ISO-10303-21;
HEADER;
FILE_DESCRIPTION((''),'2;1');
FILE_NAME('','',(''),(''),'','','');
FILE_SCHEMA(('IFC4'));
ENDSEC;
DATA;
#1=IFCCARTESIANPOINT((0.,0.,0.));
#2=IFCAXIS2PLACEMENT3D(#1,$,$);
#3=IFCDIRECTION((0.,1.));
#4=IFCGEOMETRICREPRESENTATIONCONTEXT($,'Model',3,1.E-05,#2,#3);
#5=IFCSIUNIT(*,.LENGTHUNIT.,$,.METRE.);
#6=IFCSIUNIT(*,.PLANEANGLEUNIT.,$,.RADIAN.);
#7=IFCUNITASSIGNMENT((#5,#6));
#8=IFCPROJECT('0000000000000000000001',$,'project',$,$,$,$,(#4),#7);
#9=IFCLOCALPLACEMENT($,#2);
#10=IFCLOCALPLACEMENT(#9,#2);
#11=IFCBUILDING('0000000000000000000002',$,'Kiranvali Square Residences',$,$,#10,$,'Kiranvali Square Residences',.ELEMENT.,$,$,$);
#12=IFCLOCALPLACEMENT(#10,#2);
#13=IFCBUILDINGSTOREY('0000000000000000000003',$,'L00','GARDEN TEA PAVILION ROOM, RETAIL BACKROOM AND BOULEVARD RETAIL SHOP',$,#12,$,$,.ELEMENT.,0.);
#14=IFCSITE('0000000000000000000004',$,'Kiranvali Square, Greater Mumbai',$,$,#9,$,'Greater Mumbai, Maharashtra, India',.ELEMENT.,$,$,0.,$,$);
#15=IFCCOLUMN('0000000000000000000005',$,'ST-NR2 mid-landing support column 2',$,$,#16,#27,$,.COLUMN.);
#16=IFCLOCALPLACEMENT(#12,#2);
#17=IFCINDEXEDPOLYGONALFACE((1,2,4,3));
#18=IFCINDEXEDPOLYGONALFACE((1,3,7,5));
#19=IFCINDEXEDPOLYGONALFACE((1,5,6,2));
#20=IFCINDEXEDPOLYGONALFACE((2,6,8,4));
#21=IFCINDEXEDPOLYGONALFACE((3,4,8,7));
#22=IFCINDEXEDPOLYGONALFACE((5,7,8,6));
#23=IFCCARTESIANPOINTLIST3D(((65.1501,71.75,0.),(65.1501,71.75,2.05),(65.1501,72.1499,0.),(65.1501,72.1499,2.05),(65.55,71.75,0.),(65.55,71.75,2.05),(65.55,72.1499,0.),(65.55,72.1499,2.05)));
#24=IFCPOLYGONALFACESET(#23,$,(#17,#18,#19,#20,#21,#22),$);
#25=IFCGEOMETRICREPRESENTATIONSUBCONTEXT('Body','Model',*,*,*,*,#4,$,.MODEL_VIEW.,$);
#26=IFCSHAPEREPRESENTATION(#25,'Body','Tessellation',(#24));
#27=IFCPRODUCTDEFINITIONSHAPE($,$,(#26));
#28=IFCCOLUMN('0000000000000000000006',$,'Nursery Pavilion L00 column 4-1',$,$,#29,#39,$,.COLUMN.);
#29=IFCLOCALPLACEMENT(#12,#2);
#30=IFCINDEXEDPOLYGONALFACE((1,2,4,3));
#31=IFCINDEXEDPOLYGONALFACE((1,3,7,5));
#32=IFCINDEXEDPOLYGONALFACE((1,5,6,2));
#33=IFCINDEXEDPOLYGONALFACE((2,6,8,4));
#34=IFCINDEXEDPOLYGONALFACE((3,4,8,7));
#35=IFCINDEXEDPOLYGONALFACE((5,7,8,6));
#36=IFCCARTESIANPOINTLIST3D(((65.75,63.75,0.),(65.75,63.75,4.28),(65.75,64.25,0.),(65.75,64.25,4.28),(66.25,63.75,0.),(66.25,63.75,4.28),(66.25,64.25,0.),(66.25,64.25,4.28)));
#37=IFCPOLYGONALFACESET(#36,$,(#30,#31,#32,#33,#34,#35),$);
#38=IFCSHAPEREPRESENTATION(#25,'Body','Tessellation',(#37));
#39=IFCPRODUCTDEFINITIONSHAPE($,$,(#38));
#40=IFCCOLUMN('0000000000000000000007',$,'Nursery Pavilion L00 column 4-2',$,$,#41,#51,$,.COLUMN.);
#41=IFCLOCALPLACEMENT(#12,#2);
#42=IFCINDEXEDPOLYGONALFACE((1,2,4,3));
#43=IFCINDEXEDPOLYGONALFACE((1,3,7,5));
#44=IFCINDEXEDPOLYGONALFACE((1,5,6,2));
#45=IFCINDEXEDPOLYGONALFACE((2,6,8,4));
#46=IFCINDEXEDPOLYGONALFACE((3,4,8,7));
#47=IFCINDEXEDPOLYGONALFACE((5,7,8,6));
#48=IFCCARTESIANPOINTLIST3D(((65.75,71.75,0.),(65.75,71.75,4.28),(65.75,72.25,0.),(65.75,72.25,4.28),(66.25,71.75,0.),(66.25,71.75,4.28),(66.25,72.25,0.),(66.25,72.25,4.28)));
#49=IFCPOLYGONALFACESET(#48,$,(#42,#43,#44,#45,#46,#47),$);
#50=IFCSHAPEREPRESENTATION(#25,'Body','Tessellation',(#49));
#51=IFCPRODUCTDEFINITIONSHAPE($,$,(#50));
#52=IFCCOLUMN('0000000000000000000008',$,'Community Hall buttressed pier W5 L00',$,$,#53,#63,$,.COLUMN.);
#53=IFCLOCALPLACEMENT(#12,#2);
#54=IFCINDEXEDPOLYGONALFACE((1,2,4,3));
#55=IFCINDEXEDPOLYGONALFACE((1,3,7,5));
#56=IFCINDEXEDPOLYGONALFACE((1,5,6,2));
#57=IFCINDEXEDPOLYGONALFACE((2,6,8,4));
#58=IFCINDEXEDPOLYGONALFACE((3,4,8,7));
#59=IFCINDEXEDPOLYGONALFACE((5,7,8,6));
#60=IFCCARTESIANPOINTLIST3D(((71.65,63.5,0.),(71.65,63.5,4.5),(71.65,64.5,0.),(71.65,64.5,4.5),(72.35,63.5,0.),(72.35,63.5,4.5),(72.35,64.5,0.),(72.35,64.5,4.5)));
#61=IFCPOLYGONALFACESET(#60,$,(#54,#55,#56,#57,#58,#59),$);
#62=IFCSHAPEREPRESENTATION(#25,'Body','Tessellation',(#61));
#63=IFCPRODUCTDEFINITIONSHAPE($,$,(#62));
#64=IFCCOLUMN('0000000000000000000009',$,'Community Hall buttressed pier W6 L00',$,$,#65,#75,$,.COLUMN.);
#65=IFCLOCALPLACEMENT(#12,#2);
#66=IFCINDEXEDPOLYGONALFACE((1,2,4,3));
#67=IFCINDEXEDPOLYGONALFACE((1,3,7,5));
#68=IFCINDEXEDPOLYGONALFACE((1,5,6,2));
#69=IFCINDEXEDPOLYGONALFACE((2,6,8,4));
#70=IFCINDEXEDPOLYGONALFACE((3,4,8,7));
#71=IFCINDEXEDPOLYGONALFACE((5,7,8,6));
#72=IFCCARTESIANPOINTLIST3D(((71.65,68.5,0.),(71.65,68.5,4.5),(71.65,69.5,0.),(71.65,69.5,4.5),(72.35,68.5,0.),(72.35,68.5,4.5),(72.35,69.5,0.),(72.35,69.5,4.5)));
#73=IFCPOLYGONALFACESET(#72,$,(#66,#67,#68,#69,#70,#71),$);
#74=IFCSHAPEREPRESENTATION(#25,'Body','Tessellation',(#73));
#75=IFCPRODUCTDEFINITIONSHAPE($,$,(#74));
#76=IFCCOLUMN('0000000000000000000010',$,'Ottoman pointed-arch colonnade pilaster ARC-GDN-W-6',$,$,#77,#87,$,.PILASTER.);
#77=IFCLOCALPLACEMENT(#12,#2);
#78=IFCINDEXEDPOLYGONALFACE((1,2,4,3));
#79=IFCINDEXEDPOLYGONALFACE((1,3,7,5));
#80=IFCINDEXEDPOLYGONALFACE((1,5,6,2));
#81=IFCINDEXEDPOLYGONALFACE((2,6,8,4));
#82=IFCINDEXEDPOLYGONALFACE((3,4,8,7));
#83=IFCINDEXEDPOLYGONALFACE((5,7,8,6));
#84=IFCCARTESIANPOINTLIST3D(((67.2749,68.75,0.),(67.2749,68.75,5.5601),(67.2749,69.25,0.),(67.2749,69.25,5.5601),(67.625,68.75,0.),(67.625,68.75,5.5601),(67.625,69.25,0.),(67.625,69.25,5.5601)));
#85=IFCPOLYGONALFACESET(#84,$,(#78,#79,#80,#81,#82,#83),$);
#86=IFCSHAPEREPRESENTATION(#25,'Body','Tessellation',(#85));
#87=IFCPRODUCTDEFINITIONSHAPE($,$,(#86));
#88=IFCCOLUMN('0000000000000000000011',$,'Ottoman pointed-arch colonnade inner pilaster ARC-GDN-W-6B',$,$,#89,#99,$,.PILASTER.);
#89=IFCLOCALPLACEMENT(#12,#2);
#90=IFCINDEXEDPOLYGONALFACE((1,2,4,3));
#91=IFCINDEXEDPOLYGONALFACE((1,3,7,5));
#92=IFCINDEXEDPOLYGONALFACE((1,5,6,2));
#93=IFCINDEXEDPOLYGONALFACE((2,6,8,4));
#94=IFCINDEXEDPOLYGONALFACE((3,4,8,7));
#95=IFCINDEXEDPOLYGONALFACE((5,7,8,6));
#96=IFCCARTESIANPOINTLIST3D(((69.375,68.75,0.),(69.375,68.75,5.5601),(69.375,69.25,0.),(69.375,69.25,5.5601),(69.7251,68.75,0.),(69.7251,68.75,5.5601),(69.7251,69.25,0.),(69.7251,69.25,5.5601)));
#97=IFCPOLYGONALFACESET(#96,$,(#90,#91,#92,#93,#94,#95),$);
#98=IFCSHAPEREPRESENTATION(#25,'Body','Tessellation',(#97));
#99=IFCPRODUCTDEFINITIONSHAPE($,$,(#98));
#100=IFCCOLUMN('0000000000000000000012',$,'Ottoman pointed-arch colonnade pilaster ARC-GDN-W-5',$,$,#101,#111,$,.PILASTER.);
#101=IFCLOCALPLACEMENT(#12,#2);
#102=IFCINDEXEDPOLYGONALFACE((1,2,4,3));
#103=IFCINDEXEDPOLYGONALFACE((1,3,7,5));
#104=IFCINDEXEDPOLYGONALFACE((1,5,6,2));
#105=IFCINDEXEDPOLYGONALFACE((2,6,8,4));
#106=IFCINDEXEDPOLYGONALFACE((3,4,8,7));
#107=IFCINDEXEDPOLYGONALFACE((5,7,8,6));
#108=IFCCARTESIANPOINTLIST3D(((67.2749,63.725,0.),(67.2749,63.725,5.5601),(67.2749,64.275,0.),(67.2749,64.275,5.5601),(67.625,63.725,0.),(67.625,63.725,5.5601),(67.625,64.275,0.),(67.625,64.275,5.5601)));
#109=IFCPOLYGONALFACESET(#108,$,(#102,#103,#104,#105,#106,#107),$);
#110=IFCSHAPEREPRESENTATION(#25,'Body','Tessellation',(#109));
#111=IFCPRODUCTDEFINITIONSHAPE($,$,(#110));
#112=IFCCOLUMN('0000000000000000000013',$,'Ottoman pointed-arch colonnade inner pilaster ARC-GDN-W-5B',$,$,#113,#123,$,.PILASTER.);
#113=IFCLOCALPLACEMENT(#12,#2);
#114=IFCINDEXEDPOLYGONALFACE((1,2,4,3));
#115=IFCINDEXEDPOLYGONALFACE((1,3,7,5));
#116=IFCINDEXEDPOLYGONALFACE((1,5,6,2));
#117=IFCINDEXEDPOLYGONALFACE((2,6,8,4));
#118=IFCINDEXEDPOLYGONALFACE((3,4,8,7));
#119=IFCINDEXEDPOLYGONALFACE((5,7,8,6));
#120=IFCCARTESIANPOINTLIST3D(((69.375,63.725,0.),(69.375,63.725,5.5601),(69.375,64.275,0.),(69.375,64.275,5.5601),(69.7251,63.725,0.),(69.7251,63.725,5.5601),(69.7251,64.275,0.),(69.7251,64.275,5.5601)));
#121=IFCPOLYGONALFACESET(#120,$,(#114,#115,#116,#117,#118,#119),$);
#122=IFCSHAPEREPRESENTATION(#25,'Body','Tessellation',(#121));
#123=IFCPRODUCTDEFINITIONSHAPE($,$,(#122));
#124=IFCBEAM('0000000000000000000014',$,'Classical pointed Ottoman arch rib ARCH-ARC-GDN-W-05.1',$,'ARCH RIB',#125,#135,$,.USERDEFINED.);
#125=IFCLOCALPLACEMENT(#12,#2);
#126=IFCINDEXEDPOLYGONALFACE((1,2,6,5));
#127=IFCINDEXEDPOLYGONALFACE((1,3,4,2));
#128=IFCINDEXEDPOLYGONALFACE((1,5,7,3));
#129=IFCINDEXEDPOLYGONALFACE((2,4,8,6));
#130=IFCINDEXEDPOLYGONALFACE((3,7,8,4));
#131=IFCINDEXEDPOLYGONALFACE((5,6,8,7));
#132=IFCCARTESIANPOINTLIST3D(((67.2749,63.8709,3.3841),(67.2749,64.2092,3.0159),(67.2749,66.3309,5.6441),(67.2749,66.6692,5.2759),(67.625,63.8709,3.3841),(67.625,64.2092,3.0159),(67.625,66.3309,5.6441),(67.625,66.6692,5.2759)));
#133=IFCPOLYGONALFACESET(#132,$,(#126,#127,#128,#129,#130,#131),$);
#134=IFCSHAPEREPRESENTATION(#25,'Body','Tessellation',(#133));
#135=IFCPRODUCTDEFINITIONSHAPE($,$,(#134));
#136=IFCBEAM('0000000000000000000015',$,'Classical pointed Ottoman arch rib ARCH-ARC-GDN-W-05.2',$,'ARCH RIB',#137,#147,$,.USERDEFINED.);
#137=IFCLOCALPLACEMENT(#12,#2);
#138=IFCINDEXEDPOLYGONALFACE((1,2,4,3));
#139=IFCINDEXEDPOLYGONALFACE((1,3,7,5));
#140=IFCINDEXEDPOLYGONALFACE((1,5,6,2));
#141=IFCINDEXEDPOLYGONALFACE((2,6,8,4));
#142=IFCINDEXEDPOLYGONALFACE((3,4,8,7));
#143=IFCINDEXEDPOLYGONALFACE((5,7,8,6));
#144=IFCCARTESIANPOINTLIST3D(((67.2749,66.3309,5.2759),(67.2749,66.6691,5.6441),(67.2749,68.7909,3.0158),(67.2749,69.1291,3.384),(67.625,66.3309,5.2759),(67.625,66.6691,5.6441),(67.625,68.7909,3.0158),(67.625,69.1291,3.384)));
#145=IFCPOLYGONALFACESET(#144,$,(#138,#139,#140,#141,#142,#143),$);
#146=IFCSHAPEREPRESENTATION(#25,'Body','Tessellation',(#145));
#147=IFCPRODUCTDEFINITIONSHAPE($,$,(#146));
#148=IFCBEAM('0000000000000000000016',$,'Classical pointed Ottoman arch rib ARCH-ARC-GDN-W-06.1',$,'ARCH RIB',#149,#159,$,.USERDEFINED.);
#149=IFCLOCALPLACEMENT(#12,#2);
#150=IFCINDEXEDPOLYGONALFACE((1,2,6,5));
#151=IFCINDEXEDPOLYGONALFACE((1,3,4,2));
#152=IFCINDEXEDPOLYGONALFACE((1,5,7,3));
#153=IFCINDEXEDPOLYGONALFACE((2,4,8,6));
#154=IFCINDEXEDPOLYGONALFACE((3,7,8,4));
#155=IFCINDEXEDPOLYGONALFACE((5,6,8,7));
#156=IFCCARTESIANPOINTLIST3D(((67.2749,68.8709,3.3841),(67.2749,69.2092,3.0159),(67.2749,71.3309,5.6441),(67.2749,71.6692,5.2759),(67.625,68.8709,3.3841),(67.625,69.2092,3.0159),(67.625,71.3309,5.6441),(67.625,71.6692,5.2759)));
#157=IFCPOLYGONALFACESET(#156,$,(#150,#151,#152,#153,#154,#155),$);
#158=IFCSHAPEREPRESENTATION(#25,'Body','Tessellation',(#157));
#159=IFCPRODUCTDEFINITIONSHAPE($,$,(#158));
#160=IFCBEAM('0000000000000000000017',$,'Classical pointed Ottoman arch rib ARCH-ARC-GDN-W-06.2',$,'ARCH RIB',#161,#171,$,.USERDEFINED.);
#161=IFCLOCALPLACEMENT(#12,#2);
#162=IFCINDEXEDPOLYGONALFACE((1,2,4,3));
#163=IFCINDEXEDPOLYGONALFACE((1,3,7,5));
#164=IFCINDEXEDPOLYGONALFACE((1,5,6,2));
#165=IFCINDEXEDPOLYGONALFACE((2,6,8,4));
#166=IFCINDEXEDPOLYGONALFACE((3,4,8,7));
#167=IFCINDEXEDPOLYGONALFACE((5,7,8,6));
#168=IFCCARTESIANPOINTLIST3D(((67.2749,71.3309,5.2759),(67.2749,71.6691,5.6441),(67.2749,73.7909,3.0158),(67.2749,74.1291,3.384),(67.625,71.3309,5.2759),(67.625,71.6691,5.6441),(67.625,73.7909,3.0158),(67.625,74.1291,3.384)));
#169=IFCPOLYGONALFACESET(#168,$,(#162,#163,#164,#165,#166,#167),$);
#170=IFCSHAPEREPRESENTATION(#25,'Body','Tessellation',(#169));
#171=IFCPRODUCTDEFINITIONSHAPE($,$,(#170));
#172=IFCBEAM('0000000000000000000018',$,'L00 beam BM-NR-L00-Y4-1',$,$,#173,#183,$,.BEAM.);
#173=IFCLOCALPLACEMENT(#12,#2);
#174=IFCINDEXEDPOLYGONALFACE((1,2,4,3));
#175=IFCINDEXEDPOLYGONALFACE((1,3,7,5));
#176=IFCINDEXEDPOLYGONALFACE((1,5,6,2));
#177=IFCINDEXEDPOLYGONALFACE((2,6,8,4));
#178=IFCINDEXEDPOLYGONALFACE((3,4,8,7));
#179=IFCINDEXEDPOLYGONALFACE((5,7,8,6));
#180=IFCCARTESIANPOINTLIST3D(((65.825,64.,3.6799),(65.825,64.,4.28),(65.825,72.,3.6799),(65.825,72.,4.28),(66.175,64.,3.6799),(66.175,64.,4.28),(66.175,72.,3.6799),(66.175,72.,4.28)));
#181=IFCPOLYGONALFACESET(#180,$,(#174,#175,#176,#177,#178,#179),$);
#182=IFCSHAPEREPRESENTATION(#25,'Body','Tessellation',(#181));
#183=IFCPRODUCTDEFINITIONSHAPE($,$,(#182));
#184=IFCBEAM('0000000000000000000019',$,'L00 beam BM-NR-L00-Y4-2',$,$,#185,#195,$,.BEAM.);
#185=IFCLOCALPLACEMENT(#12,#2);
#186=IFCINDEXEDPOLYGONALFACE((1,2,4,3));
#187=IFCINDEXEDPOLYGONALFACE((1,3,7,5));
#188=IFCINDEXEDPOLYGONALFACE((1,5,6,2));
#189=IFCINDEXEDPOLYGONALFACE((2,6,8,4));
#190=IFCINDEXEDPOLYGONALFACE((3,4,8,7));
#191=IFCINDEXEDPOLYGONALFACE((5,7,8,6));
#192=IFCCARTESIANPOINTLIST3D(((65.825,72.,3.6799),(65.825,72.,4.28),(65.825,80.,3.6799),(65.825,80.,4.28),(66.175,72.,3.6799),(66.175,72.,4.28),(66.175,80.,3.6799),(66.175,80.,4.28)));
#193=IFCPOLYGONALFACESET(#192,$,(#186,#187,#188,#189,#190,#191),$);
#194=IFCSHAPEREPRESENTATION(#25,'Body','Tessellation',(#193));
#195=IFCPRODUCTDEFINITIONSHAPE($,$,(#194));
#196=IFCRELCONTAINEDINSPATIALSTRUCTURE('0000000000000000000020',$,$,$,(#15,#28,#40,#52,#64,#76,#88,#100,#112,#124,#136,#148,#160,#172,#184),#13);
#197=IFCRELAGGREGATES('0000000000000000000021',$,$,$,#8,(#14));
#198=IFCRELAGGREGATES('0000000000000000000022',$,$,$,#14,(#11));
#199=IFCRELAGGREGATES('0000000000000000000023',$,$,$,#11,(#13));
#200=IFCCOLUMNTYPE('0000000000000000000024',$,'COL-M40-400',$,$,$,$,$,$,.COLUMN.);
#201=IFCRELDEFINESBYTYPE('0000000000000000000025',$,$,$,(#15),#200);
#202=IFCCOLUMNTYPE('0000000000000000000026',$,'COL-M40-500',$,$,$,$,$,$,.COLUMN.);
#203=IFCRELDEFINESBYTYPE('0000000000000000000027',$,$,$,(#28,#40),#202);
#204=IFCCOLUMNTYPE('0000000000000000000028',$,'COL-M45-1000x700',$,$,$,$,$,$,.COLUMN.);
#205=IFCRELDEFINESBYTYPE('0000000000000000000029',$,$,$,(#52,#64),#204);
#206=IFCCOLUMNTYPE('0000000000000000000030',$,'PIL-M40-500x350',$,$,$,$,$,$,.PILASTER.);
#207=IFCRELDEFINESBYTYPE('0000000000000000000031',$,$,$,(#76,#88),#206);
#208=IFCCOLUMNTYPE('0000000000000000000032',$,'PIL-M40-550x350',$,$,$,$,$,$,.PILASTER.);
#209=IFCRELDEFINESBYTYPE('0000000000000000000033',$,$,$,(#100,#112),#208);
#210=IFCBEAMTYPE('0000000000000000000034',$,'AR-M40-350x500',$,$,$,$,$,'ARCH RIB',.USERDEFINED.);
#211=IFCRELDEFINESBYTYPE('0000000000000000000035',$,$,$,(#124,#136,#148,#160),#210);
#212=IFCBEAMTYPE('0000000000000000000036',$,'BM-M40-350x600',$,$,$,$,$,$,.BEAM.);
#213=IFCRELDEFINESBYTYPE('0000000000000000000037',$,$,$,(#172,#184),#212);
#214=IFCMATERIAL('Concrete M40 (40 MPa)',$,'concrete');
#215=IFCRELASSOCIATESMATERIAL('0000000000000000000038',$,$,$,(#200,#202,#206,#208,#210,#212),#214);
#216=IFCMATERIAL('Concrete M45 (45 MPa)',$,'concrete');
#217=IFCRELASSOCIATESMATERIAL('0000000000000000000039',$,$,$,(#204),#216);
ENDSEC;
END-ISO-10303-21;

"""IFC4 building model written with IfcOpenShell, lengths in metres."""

from ifc_helpers import new_model, si_unit, direction, frame, origin, origin_2d, place, context, subcontext, project, spatial, rectangle, extrude, material, material_profile, profile_set, type_object, element, save


model = new_model("IFC4")

# Units and contexts
model_context = context("Model", 3, precision=1e-05, world=origin(), true_north=direction((0.0, 1.0)))
body_context = subcontext(model_context, "Body", "Model", "MODEL_VIEW")
ifc_project = project(units=[si_unit("LENGTHUNIT", "METRE"), si_unit("PLANEANGLEUNIT", "RADIAN")], contexts=[model_context])

# Site, building, storey
site_placement = place(None, origin())
site = spatial("IfcSite", under=ifc_project, at=site_placement, Name="Kiranvali Square, Greater Mumbai", LongName="Greater Mumbai, Maharashtra, India", CompositionType="ELEMENT", RefElevation=0.0)
building_placement = place(site_placement, origin())
building = spatial("IfcBuilding", under=site, at=building_placement, Name="Kiranvali Square Residences", LongName="Kiranvali Square Residences", CompositionType="ELEMENT")
storey_placement = place(building_placement, origin())
storey = spatial("IfcBuildingStorey", under=building, at=storey_placement, Name="L00", Description="GARDEN TEA PAVILION ROOM, RETAIL BACKROOM AND BOULEVARD RETAIL SHOP", CompositionType="ELEMENT", Elevation=0.0)

# Columns
ifc_material_1 = material(Name="Concrete M40 (40 MPa)", Category="concrete")
ifc_material_profile_1 = material_profile(ifc_material_1, rectangle(XDim=0.3999, YDim=0.3999, at=origin_2d()), Name="RC 400x400")
ifc_profile_set_1 = profile_set([ifc_material_profile_1], Name="Concrete M40 (40 MPa)")
column_type_1 = type_object("IfcColumnType", Name="COL-M40-400", PredefinedType="COLUMN", material=ifc_profile_set_1)
column_placement = place(storey_placement, frame((65.3501, 71.95, 0.0), z_axis=(0.0, 0.0, 1.0), x_axis=(1.0, 0.0, 0.0)))
element("IfcColumn", 1, at=column_placement, inside=storey, type_object=column_type_1, Name="ST-NR2 mid-landing support column 2", PredefinedType="COLUMN", context=body_context, shape_type="SweptSolid", body=[
    extrude(rectangle(XDim=0.3999, YDim=0.3999, at=origin_2d()), origin(), (0.0, 0.0, 1.0), 2.05),
])
ifc_material_profile_2 = material_profile(ifc_material_1, rectangle(XDim=0.5, YDim=0.5, at=origin_2d()), Name="RC 500x500")
ifc_profile_set_2 = profile_set([ifc_material_profile_2], Name="Concrete M40 (40 MPa)")
column_type_2 = type_object("IfcColumnType", Name="COL-M40-500", PredefinedType="COLUMN", material=ifc_profile_set_2)
for number, where, z_axis, x_axis, name in (
    (2, (66.0, 64.0, 0.0), (0.0, 0.0, 1.0), (1.0, 0.0, 0.0), "Nursery Pavilion L00 column 4-1"),
    (3, (66.0, 72.0, 0.0), (0.0, 0.0, 1.0), (1.0, 0.0, 0.0), "Nursery Pavilion L00 column 4-2"),
):
    element("IfcColumn", number, at=place(storey_placement, frame(where, z_axis=z_axis, x_axis=x_axis)), inside=storey, type_object=column_type_2, Name=name, PredefinedType="COLUMN", context=body_context, shape_type="SweptSolid", body=[
        extrude(rectangle(XDim=0.5, YDim=0.5, at=origin_2d()), origin(), (0.0, 0.0, 1.0), 4.28),
    ])
ifc_material_2 = material(Name="Concrete M45 (45 MPa)", Category="concrete")
ifc_material_profile_3 = material_profile(ifc_material_2, rectangle(XDim=0.7, YDim=1.0, at=origin_2d()), Name="RC 1000x700")
ifc_profile_set_3 = profile_set([ifc_material_profile_3], Name="Concrete M45 (45 MPa)")
column_type_3 = type_object("IfcColumnType", Name="COL-M45-1000x700", PredefinedType="COLUMN", material=ifc_profile_set_3)
for number, where, z_axis, x_axis, name in (
    (4, (72.0, 64.0, 0.0), (0.0, 0.0, 1.0), (1.0, 0.0, 0.0), "Community Hall buttressed pier W5 L00"),
    (5, (72.0, 69.0, 0.0), (0.0, 0.0, 1.0), (1.0, 0.0, 0.0), "Community Hall buttressed pier W6 L00"),
):
    element("IfcColumn", number, at=place(storey_placement, frame(where, z_axis=z_axis, x_axis=x_axis)), inside=storey, type_object=column_type_3, Name=name, PredefinedType="COLUMN", context=body_context, shape_type="SweptSolid", body=[
        extrude(rectangle(XDim=0.7, YDim=1.0, at=origin_2d()), origin(), (0.0, 0.0, 1.0), 4.5),
    ])
ifc_material_profile_4 = material_profile(ifc_material_1, rectangle(XDim=0.3501, YDim=0.5, at=origin_2d()), Name="RC 500x350")
ifc_profile_set_4 = profile_set([ifc_material_profile_4], Name="Concrete M40 (40 MPa)")
column_type_4 = type_object("IfcColumnType", Name="PIL-M40-500x350", PredefinedType="PILASTER", material=ifc_profile_set_4)
for number, where, z_axis, x_axis, name in (
    (6, (67.45, 69.0, 0.0), (0.0, 0.0, 1.0), (1.0, 0.0, 0.0), "Ottoman pointed-arch colonnade pilaster ARC-GDN-W-6"),
    (7, (69.55, 69.0, 0.0), (0.0, 0.0, 1.0), (1.0, 0.0, 0.0), "Ottoman pointed-arch colonnade inner pilaster ARC-GDN-W-6B"),
):
    element("IfcColumn", number, at=place(storey_placement, frame(where, z_axis=z_axis, x_axis=x_axis)), inside=storey, type_object=column_type_4, Name=name, PredefinedType="PILASTER", context=body_context, shape_type="SweptSolid", body=[
        extrude(rectangle(XDim=0.3501, YDim=0.5, at=origin_2d()), origin(), (0.0, 0.0, 1.0), 5.5601),
    ])
ifc_material_profile_5 = material_profile(ifc_material_1, rectangle(XDim=0.3501, YDim=0.55, at=origin_2d()), Name="RC 550x350")
ifc_profile_set_5 = profile_set([ifc_material_profile_5], Name="Concrete M40 (40 MPa)")
column_type_5 = type_object("IfcColumnType", Name="PIL-M40-550x350", PredefinedType="PILASTER", material=ifc_profile_set_5)
for number, where, z_axis, x_axis, name in (
    (8, (67.45, 64.0, 0.0), (0.0, 0.0, 1.0), (1.0, 0.0, 0.0), "Ottoman pointed-arch colonnade pilaster ARC-GDN-W-5"),
    (9, (69.55, 64.0, 0.0), (0.0, 0.0, 1.0), (1.0, 0.0, 0.0), "Ottoman pointed-arch colonnade inner pilaster ARC-GDN-W-5B"),
):
    element("IfcColumn", number, at=place(storey_placement, frame(where, z_axis=z_axis, x_axis=x_axis)), inside=storey, type_object=column_type_5, Name=name, PredefinedType="PILASTER", context=body_context, shape_type="SweptSolid", body=[
        extrude(rectangle(XDim=0.3501, YDim=0.55, at=origin_2d()), origin(), (0.0, 0.0, 1.0), 5.5601),
    ])

# Beams
ifc_material_profile_6 = material_profile(ifc_material_1, rectangle(XDim=0.3501, YDim=0.5, at=origin_2d()), Name="RC 350x500")
ifc_profile_set_6 = profile_set([ifc_material_profile_6], Name="Concrete M40 (40 MPa)")
beam_type_1 = type_object("IfcBeamType", Name="AR-M40-350x500", ElementType="ARCH RIB", PredefinedType="USERDEFINED", material=ifc_profile_set_6)
for number, where, z_axis, x_axis, name in (
    (10, (67.45, 64.04, 3.2), (0.0, 0.736401, 0.676545), (-1.0, 0.0, 0.0), "Classical pointed Ottoman arch rib ARCH-ARC-GDN-W-05.1"),
    (11, (67.45, 66.5, 5.46), (0.0, 0.736401, -0.676545), (-1.0, 0.0, 0.0), "Classical pointed Ottoman arch rib ARCH-ARC-GDN-W-05.2"),
    (12, (67.45, 69.04, 3.2), (0.0, 0.736401, 0.676545), (-1.0, 0.0, 0.0), "Classical pointed Ottoman arch rib ARCH-ARC-GDN-W-06.1"),
    (13, (67.45, 71.5, 5.46), (0.0, 0.736401, -0.676545), (-1.0, 0.0, 0.0), "Classical pointed Ottoman arch rib ARCH-ARC-GDN-W-06.2"),
):
    element("IfcBeam", number, at=place(storey_placement, frame(where, z_axis=z_axis, x_axis=x_axis)), inside=storey, type_object=beam_type_1, Name=name, ObjectType="ARCH RIB", PredefinedType="USERDEFINED", context=body_context, shape_type="SweptSolid", body=[
        extrude(rectangle(XDim=0.3501, YDim=0.5, at=origin_2d()), origin(), (0.0, 0.0, 1.0), 3.3406),
    ])
ifc_material_profile_7 = material_profile(ifc_material_1, rectangle(XDim=0.3501, YDim=0.6001, at=origin_2d()), Name="RC 350x600")
ifc_profile_set_7 = profile_set([ifc_material_profile_7], Name="Concrete M40 (40 MPa)")
beam_type_2 = type_object("IfcBeamType", Name="BM-M40-350x600", PredefinedType="BEAM", material=ifc_profile_set_7)
for number, where, z_axis, x_axis, name in (
    (14, (66.0, 64.0, 3.98), (0.0, 1.0, 0.0), (-1.0, 0.0, 0.0), "L00 beam BM-NR-L00-Y4-1"),
    (15, (66.0, 72.0, 3.98), (0.0, 1.0, 0.0), (-1.0, 0.0, 0.0), "L00 beam BM-NR-L00-Y4-2"),
):
    element("IfcBeam", number, at=place(storey_placement, frame(where, z_axis=z_axis, x_axis=x_axis)), inside=storey, type_object=beam_type_2, Name=name, PredefinedType="BEAM", context=body_context, shape_type="SweptSolid", body=[
        extrude(rectangle(XDim=0.3501, YDim=0.6001, at=origin_2d()), origin(), (0.0, 0.0, 1.0), 8.0),
    ])

save(model, "model.ifc")
